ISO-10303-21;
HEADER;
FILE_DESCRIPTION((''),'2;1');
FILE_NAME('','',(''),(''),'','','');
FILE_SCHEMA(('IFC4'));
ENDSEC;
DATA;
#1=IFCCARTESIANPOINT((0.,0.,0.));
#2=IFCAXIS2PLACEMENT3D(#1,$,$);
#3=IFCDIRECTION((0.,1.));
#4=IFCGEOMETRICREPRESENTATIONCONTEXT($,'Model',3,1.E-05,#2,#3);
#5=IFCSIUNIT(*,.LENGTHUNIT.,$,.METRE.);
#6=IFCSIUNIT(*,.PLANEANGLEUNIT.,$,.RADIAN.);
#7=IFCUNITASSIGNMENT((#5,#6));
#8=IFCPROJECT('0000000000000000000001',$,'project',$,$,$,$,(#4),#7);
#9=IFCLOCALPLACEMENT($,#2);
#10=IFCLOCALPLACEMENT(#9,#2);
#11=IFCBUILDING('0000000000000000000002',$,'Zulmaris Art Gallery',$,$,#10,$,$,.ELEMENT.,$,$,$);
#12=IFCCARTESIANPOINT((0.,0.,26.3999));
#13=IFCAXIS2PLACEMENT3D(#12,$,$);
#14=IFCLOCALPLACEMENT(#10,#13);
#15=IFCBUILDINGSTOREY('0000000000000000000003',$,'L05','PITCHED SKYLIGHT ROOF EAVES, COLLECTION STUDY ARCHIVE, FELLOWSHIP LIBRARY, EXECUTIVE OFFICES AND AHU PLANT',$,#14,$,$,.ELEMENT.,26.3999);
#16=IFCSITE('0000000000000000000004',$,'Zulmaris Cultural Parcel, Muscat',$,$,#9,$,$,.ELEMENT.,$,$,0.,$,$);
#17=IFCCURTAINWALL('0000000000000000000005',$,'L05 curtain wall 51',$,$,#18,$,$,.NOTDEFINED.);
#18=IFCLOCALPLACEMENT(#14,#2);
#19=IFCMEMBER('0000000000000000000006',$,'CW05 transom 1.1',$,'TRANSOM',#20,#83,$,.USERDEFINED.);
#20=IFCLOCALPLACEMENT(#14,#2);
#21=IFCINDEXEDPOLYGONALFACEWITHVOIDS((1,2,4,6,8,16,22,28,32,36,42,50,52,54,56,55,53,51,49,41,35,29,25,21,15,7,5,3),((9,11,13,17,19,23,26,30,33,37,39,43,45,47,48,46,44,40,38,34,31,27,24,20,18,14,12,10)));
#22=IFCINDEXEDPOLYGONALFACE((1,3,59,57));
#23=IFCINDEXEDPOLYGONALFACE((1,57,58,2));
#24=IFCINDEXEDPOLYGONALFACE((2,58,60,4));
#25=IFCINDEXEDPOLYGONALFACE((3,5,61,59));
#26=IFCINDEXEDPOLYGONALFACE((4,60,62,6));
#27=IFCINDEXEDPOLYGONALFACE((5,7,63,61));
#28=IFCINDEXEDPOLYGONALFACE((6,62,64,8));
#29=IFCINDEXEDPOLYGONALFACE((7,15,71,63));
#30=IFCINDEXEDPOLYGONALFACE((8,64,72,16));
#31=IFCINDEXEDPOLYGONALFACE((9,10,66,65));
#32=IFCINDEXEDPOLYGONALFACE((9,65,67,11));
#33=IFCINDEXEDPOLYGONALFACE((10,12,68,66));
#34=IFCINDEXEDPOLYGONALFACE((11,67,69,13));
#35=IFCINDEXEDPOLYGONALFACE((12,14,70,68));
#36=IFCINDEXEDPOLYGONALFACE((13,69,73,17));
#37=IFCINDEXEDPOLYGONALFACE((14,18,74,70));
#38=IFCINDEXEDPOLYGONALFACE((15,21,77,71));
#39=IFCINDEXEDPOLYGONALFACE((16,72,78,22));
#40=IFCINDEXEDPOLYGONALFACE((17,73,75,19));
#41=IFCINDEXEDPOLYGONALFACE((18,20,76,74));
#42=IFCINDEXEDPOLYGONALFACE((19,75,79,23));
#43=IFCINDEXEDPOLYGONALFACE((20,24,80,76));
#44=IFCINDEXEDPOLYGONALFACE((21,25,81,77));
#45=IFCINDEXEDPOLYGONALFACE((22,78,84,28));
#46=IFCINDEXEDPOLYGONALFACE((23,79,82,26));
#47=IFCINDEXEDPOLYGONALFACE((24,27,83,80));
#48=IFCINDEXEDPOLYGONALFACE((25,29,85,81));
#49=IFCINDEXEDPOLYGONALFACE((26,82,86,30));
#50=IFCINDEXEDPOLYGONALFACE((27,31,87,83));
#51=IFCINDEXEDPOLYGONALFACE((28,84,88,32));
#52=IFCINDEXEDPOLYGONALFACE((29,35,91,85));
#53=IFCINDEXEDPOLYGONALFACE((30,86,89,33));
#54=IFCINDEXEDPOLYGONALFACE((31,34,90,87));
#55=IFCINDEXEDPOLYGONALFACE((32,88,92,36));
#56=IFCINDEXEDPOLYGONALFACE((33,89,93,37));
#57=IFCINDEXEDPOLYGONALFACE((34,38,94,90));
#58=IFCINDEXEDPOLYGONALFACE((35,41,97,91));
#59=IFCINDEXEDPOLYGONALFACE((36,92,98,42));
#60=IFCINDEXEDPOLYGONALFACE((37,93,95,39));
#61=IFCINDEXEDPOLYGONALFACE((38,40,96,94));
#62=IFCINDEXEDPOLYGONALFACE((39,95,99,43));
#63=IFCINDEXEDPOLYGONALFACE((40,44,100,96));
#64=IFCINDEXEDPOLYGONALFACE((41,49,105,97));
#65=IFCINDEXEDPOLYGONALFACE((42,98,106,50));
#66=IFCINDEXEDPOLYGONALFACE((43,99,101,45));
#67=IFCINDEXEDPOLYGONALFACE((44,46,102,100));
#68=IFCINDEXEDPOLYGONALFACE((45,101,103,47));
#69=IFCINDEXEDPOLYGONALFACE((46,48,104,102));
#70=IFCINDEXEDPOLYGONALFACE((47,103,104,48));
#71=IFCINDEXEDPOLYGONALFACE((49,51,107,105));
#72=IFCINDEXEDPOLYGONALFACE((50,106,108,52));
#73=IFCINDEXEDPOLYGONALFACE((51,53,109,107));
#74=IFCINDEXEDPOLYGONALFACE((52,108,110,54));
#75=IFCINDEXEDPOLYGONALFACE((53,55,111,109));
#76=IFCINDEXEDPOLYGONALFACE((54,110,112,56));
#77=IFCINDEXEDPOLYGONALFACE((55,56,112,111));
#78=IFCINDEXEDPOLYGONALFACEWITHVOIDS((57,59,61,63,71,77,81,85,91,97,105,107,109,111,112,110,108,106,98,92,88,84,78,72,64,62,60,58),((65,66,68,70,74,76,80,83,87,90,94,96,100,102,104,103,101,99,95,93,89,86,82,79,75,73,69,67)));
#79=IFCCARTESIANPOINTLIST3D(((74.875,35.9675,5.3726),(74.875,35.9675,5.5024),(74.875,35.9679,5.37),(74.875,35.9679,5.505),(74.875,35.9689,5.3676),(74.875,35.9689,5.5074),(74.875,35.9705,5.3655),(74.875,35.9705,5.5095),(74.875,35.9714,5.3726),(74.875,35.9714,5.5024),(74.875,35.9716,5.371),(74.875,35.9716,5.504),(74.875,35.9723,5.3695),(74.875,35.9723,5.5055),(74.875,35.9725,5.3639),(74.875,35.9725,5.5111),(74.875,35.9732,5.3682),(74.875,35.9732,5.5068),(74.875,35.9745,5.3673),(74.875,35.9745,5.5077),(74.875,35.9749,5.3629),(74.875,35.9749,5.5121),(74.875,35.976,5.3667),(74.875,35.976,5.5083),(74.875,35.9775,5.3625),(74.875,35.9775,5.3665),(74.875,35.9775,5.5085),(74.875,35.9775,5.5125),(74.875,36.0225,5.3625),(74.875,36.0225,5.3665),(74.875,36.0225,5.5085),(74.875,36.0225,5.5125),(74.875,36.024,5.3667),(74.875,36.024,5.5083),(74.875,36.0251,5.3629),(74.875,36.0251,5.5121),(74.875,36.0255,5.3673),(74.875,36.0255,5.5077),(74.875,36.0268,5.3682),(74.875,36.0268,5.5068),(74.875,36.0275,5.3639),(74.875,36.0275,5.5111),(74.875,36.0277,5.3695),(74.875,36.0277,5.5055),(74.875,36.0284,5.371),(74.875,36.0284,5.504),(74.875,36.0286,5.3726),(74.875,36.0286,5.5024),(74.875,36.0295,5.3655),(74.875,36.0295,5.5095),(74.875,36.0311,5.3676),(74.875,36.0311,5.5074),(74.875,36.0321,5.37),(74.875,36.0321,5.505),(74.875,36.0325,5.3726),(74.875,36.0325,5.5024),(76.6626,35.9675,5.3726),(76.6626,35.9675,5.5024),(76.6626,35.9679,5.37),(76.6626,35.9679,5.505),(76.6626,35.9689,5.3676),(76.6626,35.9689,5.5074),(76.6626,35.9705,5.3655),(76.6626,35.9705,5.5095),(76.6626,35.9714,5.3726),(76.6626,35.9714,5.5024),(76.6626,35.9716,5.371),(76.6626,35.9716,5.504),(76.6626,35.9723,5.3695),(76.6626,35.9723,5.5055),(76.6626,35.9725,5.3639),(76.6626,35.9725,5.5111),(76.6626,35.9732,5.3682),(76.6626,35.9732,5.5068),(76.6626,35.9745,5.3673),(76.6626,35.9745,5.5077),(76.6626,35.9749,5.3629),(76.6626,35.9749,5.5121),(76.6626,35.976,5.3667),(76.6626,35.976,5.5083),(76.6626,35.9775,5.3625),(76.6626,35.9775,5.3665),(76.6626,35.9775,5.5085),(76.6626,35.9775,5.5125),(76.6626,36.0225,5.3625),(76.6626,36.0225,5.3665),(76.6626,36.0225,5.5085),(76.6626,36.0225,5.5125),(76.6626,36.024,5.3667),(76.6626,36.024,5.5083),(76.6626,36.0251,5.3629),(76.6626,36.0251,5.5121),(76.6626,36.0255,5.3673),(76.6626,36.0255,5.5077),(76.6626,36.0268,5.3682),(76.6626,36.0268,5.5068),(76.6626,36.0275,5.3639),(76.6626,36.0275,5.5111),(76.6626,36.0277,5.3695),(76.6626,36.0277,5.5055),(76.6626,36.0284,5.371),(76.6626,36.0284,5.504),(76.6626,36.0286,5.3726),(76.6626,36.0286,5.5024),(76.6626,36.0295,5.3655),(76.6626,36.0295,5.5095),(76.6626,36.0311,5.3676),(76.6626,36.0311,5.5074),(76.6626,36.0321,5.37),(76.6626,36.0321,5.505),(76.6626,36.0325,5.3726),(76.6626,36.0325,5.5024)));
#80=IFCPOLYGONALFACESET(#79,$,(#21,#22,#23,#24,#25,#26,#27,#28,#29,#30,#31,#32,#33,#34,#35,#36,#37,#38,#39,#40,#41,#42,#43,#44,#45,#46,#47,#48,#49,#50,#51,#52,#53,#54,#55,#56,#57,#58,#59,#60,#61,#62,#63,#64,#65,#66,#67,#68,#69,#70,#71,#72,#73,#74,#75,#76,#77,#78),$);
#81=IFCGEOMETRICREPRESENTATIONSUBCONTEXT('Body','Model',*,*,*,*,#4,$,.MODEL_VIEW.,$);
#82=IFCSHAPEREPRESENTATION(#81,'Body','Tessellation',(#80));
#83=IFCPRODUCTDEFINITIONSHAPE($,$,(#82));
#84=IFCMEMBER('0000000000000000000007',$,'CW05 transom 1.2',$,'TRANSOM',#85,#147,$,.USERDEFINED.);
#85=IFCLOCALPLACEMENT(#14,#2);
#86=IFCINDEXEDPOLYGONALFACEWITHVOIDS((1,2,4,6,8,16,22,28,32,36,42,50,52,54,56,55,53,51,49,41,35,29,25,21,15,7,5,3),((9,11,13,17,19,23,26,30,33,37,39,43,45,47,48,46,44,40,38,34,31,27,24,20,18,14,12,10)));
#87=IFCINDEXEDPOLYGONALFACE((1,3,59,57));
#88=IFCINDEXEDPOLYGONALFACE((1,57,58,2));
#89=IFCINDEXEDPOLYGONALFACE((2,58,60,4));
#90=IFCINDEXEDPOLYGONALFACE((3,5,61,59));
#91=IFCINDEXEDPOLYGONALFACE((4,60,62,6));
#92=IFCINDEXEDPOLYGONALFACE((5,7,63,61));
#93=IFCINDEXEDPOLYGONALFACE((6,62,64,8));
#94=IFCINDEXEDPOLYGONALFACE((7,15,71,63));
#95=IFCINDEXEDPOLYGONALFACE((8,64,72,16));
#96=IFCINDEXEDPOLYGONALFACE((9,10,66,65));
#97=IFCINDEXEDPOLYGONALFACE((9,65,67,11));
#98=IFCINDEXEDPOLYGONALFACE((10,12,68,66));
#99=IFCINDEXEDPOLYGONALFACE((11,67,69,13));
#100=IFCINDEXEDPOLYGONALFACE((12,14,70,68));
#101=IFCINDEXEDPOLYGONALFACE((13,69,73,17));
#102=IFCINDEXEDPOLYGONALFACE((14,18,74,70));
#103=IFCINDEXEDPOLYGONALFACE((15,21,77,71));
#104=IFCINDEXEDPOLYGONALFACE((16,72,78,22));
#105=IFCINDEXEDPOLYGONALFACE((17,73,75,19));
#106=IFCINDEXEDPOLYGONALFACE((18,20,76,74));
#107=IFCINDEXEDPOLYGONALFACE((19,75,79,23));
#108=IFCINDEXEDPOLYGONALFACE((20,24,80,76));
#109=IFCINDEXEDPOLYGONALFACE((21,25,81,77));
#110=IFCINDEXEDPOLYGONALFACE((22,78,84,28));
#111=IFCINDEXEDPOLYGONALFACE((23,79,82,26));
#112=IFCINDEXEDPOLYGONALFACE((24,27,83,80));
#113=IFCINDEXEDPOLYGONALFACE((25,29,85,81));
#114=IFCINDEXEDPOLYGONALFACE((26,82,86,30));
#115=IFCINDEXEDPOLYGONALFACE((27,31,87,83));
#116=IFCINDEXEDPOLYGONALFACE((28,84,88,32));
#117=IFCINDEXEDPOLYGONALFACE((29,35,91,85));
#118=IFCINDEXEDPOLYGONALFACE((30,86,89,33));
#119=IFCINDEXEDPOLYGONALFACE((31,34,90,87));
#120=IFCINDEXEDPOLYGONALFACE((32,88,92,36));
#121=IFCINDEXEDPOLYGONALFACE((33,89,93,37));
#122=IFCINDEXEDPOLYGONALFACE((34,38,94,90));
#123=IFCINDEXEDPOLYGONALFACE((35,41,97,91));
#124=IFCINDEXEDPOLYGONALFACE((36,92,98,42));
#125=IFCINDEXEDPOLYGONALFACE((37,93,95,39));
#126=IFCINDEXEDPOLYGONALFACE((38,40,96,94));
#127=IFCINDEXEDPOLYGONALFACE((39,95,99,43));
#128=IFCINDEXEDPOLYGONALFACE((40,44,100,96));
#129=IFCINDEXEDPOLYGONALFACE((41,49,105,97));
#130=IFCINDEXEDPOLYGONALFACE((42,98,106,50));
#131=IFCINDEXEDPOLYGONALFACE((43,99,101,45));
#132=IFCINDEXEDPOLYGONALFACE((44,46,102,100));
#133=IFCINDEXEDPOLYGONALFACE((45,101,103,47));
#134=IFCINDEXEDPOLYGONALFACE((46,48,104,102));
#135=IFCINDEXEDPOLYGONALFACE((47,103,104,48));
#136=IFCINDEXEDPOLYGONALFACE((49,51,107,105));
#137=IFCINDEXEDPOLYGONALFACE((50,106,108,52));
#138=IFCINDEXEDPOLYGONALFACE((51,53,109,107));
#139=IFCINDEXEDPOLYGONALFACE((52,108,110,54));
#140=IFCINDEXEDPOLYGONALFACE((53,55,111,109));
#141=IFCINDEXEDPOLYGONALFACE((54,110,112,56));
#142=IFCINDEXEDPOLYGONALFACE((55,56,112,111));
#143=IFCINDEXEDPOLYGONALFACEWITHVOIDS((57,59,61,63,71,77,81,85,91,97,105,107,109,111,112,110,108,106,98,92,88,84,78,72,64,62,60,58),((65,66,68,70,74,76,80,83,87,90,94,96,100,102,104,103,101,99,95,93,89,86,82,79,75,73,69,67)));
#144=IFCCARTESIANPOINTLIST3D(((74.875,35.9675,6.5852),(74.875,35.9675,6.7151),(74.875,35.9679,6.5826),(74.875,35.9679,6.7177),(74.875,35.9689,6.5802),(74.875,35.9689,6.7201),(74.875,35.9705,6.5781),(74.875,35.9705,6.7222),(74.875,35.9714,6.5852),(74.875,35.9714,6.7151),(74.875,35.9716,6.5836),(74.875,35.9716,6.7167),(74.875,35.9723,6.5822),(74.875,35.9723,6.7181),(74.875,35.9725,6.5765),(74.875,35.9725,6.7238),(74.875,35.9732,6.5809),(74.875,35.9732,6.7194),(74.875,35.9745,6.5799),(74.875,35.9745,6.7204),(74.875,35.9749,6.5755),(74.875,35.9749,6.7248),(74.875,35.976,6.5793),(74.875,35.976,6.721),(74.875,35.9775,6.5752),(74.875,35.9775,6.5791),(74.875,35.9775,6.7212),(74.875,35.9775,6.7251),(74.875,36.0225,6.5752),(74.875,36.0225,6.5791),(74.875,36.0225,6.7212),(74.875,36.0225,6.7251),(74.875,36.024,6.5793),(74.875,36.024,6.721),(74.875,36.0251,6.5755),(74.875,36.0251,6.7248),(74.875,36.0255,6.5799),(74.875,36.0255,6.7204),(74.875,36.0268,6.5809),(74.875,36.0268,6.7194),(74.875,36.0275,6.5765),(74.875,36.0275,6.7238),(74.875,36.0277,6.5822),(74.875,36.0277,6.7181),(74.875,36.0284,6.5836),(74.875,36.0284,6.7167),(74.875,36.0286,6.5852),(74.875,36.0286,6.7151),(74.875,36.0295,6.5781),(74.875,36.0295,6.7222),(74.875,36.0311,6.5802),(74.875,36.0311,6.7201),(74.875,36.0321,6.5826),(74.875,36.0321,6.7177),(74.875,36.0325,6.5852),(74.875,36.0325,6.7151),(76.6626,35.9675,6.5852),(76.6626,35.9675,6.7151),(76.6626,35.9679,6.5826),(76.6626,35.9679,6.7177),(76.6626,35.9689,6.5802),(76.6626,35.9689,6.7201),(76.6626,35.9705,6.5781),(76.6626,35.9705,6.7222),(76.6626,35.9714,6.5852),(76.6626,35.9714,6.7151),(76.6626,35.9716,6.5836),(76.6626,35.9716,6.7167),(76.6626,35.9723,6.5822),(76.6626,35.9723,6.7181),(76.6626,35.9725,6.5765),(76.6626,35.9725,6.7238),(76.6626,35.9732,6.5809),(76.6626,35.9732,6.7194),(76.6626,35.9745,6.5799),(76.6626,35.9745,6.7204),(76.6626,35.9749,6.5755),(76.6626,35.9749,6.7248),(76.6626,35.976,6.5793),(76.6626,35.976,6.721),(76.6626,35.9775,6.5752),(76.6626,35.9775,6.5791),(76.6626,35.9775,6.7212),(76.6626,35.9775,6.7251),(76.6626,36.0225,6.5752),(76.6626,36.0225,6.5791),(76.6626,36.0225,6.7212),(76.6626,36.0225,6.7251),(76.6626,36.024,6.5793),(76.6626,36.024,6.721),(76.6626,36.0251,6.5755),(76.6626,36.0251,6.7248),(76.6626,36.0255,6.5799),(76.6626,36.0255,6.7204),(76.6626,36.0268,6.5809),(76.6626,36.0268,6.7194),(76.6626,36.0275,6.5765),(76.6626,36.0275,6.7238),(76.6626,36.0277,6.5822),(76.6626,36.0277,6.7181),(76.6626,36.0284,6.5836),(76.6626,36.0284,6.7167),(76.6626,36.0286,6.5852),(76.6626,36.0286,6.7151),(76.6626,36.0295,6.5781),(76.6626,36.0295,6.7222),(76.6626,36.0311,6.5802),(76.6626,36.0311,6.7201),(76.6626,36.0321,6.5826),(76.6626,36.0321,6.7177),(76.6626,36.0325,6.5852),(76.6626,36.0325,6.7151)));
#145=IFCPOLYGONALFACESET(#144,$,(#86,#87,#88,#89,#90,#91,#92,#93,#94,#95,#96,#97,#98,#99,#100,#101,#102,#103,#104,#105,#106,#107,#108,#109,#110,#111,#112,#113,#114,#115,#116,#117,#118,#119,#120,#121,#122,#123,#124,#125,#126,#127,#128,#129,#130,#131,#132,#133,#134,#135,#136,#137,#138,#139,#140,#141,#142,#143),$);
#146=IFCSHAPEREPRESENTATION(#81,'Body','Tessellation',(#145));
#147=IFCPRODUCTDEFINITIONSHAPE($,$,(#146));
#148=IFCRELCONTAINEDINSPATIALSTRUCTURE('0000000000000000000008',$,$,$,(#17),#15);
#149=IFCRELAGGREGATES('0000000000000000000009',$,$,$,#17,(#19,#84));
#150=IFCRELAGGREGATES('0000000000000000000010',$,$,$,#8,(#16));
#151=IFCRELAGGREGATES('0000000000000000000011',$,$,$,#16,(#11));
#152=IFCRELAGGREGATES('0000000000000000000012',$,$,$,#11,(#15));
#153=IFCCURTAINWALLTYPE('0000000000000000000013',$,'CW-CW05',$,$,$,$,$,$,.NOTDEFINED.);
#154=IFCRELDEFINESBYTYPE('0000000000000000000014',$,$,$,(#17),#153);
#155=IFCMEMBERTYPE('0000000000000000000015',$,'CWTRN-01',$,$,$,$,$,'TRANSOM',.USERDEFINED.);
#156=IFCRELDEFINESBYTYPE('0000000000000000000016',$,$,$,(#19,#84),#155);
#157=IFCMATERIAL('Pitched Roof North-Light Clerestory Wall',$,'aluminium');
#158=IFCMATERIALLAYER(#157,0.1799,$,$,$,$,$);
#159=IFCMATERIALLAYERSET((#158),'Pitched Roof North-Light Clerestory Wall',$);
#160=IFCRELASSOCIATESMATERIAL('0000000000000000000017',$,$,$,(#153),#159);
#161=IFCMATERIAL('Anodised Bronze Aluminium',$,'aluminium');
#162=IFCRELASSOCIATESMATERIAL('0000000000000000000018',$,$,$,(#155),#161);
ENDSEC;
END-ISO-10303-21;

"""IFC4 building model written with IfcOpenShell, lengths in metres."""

from ifc_helpers import new_model, si_unit, direction, frame, origin, origin_2d, place, context, subcontext, project, spatial, hollow_rectangle, extrude, material, layer, layer_set, material_profile, profile_set, type_object, element, aggregate, save


model = new_model("IFC4")

# Units and contexts
model_context = context("Model", 3, precision=1e-05, world=origin(), true_north=direction((0.0, 1.0)))
body_context = subcontext(model_context, "Body", "Model", "MODEL_VIEW")
ifc_project = project(units=[si_unit("LENGTHUNIT", "METRE"), si_unit("PLANEANGLEUNIT", "RADIAN")], contexts=[model_context])

# Site, building, storey
site_placement = place(None, origin())
site = spatial("IfcSite", under=ifc_project, at=site_placement, Name="Zulmaris Cultural Parcel, Muscat", CompositionType="ELEMENT", RefElevation=0.0)
building_placement = place(site_placement, origin())
building = spatial("IfcBuilding", under=site, at=building_placement, Name="Zulmaris Art Gallery", CompositionType="ELEMENT")
storey_placement = place(building_placement, frame((0.0, 0.0, 26.3999)))
storey = spatial("IfcBuildingStorey", under=building, at=storey_placement, Name="L05", Description="PITCHED SKYLIGHT ROOF EAVES, COLLECTION STUDY ARCHIVE, FELLOWSHIP LIBRARY, EXECUTIVE OFFICES AND AHU PLANT", CompositionType="ELEMENT", Elevation=26.3999)

# Shared definitions
ifc_material_1 = material(Name="Pitched Roof North-Light Clerestory Wall", Category="aluminium")
ifc_layer_1 = layer(ifc_material_1, 0.1799)
ifc_layer_set_1 = layer_set([ifc_layer_1], Name="Pitched Roof North-Light Clerestory Wall")
curtain_wall_type = type_object("IfcCurtainWallType", Name="CW-CW05", PredefinedType="NOTDEFINED", material=ifc_layer_set_1)
ifc_material_2 = material(Name="Anodised Bronze Aluminium", Category="aluminium")

# Curtain wall
curtain_wall_1_placement = place(storey_placement, origin())
curtain_wall_1 = element("IfcCurtainWall", 1, at=curtain_wall_1_placement, inside=storey, type_object=curtain_wall_type, Name="L05 curtain wall 51", PredefinedType="NOTDEFINED")

# Members
ifc_material_profile_1 = material_profile(ifc_material_2, hollow_rectangle(XDim=0.0649, YDim=0.1499, WallThickness=0.0039, InnerFilletRadius=0.0061, OuterFilletRadius=0.01, at=origin_2d()), Name="ALU 65x150x4")
ifc_profile_set_1 = profile_set([ifc_material_profile_1], Name="Anodised Bronze Aluminium")
member_type_1 = type_object("IfcMemberType", Name="CWTRN-01", ElementType="TRANSOM", PredefinedType="USERDEFINED", material=ifc_profile_set_1)
member_1_placement = place(storey_placement, frame((74.875, 36.0, 5.4375), z_axis=(1.0, 0.0, 0.0), x_axis=(0.0, 1.0, 0.0)))
member_1 = element("IfcMember", 2, at=member_1_placement, type_object=member_type_1, Name="CW05 transom 1.1", ObjectType="TRANSOM", PredefinedType="USERDEFINED", context=body_context, shape_type="SweptSolid", body=[
    extrude(hollow_rectangle(XDim=0.0649, YDim=0.1499, WallThickness=0.0039, InnerFilletRadius=0.0061, OuterFilletRadius=0.01, at=origin_2d()), origin(), (0.0, 0.0, 1.0), 1.7876),
])
member_2_placement = place(storey_placement, frame((74.875, 36.0, 6.6501), z_axis=(1.0, 0.0, 0.0), x_axis=(0.0, 1.0, 0.0)))
member_2 = element("IfcMember", 3, at=member_2_placement, type_object=member_type_1, Name="CW05 transom 1.2", ObjectType="TRANSOM", PredefinedType="USERDEFINED", context=body_context, shape_type="SweptSolid", body=[
    extrude(hollow_rectangle(XDim=0.0649, YDim=0.1499, WallThickness=0.0039, InnerFilletRadius=0.0061, OuterFilletRadius=0.01, at=origin_2d()), origin(), (0.0, 0.0, 1.0), 1.7876),
])

aggregate(curtain_wall_1, [member_1, member_2])

save(model, "model.ifc")
